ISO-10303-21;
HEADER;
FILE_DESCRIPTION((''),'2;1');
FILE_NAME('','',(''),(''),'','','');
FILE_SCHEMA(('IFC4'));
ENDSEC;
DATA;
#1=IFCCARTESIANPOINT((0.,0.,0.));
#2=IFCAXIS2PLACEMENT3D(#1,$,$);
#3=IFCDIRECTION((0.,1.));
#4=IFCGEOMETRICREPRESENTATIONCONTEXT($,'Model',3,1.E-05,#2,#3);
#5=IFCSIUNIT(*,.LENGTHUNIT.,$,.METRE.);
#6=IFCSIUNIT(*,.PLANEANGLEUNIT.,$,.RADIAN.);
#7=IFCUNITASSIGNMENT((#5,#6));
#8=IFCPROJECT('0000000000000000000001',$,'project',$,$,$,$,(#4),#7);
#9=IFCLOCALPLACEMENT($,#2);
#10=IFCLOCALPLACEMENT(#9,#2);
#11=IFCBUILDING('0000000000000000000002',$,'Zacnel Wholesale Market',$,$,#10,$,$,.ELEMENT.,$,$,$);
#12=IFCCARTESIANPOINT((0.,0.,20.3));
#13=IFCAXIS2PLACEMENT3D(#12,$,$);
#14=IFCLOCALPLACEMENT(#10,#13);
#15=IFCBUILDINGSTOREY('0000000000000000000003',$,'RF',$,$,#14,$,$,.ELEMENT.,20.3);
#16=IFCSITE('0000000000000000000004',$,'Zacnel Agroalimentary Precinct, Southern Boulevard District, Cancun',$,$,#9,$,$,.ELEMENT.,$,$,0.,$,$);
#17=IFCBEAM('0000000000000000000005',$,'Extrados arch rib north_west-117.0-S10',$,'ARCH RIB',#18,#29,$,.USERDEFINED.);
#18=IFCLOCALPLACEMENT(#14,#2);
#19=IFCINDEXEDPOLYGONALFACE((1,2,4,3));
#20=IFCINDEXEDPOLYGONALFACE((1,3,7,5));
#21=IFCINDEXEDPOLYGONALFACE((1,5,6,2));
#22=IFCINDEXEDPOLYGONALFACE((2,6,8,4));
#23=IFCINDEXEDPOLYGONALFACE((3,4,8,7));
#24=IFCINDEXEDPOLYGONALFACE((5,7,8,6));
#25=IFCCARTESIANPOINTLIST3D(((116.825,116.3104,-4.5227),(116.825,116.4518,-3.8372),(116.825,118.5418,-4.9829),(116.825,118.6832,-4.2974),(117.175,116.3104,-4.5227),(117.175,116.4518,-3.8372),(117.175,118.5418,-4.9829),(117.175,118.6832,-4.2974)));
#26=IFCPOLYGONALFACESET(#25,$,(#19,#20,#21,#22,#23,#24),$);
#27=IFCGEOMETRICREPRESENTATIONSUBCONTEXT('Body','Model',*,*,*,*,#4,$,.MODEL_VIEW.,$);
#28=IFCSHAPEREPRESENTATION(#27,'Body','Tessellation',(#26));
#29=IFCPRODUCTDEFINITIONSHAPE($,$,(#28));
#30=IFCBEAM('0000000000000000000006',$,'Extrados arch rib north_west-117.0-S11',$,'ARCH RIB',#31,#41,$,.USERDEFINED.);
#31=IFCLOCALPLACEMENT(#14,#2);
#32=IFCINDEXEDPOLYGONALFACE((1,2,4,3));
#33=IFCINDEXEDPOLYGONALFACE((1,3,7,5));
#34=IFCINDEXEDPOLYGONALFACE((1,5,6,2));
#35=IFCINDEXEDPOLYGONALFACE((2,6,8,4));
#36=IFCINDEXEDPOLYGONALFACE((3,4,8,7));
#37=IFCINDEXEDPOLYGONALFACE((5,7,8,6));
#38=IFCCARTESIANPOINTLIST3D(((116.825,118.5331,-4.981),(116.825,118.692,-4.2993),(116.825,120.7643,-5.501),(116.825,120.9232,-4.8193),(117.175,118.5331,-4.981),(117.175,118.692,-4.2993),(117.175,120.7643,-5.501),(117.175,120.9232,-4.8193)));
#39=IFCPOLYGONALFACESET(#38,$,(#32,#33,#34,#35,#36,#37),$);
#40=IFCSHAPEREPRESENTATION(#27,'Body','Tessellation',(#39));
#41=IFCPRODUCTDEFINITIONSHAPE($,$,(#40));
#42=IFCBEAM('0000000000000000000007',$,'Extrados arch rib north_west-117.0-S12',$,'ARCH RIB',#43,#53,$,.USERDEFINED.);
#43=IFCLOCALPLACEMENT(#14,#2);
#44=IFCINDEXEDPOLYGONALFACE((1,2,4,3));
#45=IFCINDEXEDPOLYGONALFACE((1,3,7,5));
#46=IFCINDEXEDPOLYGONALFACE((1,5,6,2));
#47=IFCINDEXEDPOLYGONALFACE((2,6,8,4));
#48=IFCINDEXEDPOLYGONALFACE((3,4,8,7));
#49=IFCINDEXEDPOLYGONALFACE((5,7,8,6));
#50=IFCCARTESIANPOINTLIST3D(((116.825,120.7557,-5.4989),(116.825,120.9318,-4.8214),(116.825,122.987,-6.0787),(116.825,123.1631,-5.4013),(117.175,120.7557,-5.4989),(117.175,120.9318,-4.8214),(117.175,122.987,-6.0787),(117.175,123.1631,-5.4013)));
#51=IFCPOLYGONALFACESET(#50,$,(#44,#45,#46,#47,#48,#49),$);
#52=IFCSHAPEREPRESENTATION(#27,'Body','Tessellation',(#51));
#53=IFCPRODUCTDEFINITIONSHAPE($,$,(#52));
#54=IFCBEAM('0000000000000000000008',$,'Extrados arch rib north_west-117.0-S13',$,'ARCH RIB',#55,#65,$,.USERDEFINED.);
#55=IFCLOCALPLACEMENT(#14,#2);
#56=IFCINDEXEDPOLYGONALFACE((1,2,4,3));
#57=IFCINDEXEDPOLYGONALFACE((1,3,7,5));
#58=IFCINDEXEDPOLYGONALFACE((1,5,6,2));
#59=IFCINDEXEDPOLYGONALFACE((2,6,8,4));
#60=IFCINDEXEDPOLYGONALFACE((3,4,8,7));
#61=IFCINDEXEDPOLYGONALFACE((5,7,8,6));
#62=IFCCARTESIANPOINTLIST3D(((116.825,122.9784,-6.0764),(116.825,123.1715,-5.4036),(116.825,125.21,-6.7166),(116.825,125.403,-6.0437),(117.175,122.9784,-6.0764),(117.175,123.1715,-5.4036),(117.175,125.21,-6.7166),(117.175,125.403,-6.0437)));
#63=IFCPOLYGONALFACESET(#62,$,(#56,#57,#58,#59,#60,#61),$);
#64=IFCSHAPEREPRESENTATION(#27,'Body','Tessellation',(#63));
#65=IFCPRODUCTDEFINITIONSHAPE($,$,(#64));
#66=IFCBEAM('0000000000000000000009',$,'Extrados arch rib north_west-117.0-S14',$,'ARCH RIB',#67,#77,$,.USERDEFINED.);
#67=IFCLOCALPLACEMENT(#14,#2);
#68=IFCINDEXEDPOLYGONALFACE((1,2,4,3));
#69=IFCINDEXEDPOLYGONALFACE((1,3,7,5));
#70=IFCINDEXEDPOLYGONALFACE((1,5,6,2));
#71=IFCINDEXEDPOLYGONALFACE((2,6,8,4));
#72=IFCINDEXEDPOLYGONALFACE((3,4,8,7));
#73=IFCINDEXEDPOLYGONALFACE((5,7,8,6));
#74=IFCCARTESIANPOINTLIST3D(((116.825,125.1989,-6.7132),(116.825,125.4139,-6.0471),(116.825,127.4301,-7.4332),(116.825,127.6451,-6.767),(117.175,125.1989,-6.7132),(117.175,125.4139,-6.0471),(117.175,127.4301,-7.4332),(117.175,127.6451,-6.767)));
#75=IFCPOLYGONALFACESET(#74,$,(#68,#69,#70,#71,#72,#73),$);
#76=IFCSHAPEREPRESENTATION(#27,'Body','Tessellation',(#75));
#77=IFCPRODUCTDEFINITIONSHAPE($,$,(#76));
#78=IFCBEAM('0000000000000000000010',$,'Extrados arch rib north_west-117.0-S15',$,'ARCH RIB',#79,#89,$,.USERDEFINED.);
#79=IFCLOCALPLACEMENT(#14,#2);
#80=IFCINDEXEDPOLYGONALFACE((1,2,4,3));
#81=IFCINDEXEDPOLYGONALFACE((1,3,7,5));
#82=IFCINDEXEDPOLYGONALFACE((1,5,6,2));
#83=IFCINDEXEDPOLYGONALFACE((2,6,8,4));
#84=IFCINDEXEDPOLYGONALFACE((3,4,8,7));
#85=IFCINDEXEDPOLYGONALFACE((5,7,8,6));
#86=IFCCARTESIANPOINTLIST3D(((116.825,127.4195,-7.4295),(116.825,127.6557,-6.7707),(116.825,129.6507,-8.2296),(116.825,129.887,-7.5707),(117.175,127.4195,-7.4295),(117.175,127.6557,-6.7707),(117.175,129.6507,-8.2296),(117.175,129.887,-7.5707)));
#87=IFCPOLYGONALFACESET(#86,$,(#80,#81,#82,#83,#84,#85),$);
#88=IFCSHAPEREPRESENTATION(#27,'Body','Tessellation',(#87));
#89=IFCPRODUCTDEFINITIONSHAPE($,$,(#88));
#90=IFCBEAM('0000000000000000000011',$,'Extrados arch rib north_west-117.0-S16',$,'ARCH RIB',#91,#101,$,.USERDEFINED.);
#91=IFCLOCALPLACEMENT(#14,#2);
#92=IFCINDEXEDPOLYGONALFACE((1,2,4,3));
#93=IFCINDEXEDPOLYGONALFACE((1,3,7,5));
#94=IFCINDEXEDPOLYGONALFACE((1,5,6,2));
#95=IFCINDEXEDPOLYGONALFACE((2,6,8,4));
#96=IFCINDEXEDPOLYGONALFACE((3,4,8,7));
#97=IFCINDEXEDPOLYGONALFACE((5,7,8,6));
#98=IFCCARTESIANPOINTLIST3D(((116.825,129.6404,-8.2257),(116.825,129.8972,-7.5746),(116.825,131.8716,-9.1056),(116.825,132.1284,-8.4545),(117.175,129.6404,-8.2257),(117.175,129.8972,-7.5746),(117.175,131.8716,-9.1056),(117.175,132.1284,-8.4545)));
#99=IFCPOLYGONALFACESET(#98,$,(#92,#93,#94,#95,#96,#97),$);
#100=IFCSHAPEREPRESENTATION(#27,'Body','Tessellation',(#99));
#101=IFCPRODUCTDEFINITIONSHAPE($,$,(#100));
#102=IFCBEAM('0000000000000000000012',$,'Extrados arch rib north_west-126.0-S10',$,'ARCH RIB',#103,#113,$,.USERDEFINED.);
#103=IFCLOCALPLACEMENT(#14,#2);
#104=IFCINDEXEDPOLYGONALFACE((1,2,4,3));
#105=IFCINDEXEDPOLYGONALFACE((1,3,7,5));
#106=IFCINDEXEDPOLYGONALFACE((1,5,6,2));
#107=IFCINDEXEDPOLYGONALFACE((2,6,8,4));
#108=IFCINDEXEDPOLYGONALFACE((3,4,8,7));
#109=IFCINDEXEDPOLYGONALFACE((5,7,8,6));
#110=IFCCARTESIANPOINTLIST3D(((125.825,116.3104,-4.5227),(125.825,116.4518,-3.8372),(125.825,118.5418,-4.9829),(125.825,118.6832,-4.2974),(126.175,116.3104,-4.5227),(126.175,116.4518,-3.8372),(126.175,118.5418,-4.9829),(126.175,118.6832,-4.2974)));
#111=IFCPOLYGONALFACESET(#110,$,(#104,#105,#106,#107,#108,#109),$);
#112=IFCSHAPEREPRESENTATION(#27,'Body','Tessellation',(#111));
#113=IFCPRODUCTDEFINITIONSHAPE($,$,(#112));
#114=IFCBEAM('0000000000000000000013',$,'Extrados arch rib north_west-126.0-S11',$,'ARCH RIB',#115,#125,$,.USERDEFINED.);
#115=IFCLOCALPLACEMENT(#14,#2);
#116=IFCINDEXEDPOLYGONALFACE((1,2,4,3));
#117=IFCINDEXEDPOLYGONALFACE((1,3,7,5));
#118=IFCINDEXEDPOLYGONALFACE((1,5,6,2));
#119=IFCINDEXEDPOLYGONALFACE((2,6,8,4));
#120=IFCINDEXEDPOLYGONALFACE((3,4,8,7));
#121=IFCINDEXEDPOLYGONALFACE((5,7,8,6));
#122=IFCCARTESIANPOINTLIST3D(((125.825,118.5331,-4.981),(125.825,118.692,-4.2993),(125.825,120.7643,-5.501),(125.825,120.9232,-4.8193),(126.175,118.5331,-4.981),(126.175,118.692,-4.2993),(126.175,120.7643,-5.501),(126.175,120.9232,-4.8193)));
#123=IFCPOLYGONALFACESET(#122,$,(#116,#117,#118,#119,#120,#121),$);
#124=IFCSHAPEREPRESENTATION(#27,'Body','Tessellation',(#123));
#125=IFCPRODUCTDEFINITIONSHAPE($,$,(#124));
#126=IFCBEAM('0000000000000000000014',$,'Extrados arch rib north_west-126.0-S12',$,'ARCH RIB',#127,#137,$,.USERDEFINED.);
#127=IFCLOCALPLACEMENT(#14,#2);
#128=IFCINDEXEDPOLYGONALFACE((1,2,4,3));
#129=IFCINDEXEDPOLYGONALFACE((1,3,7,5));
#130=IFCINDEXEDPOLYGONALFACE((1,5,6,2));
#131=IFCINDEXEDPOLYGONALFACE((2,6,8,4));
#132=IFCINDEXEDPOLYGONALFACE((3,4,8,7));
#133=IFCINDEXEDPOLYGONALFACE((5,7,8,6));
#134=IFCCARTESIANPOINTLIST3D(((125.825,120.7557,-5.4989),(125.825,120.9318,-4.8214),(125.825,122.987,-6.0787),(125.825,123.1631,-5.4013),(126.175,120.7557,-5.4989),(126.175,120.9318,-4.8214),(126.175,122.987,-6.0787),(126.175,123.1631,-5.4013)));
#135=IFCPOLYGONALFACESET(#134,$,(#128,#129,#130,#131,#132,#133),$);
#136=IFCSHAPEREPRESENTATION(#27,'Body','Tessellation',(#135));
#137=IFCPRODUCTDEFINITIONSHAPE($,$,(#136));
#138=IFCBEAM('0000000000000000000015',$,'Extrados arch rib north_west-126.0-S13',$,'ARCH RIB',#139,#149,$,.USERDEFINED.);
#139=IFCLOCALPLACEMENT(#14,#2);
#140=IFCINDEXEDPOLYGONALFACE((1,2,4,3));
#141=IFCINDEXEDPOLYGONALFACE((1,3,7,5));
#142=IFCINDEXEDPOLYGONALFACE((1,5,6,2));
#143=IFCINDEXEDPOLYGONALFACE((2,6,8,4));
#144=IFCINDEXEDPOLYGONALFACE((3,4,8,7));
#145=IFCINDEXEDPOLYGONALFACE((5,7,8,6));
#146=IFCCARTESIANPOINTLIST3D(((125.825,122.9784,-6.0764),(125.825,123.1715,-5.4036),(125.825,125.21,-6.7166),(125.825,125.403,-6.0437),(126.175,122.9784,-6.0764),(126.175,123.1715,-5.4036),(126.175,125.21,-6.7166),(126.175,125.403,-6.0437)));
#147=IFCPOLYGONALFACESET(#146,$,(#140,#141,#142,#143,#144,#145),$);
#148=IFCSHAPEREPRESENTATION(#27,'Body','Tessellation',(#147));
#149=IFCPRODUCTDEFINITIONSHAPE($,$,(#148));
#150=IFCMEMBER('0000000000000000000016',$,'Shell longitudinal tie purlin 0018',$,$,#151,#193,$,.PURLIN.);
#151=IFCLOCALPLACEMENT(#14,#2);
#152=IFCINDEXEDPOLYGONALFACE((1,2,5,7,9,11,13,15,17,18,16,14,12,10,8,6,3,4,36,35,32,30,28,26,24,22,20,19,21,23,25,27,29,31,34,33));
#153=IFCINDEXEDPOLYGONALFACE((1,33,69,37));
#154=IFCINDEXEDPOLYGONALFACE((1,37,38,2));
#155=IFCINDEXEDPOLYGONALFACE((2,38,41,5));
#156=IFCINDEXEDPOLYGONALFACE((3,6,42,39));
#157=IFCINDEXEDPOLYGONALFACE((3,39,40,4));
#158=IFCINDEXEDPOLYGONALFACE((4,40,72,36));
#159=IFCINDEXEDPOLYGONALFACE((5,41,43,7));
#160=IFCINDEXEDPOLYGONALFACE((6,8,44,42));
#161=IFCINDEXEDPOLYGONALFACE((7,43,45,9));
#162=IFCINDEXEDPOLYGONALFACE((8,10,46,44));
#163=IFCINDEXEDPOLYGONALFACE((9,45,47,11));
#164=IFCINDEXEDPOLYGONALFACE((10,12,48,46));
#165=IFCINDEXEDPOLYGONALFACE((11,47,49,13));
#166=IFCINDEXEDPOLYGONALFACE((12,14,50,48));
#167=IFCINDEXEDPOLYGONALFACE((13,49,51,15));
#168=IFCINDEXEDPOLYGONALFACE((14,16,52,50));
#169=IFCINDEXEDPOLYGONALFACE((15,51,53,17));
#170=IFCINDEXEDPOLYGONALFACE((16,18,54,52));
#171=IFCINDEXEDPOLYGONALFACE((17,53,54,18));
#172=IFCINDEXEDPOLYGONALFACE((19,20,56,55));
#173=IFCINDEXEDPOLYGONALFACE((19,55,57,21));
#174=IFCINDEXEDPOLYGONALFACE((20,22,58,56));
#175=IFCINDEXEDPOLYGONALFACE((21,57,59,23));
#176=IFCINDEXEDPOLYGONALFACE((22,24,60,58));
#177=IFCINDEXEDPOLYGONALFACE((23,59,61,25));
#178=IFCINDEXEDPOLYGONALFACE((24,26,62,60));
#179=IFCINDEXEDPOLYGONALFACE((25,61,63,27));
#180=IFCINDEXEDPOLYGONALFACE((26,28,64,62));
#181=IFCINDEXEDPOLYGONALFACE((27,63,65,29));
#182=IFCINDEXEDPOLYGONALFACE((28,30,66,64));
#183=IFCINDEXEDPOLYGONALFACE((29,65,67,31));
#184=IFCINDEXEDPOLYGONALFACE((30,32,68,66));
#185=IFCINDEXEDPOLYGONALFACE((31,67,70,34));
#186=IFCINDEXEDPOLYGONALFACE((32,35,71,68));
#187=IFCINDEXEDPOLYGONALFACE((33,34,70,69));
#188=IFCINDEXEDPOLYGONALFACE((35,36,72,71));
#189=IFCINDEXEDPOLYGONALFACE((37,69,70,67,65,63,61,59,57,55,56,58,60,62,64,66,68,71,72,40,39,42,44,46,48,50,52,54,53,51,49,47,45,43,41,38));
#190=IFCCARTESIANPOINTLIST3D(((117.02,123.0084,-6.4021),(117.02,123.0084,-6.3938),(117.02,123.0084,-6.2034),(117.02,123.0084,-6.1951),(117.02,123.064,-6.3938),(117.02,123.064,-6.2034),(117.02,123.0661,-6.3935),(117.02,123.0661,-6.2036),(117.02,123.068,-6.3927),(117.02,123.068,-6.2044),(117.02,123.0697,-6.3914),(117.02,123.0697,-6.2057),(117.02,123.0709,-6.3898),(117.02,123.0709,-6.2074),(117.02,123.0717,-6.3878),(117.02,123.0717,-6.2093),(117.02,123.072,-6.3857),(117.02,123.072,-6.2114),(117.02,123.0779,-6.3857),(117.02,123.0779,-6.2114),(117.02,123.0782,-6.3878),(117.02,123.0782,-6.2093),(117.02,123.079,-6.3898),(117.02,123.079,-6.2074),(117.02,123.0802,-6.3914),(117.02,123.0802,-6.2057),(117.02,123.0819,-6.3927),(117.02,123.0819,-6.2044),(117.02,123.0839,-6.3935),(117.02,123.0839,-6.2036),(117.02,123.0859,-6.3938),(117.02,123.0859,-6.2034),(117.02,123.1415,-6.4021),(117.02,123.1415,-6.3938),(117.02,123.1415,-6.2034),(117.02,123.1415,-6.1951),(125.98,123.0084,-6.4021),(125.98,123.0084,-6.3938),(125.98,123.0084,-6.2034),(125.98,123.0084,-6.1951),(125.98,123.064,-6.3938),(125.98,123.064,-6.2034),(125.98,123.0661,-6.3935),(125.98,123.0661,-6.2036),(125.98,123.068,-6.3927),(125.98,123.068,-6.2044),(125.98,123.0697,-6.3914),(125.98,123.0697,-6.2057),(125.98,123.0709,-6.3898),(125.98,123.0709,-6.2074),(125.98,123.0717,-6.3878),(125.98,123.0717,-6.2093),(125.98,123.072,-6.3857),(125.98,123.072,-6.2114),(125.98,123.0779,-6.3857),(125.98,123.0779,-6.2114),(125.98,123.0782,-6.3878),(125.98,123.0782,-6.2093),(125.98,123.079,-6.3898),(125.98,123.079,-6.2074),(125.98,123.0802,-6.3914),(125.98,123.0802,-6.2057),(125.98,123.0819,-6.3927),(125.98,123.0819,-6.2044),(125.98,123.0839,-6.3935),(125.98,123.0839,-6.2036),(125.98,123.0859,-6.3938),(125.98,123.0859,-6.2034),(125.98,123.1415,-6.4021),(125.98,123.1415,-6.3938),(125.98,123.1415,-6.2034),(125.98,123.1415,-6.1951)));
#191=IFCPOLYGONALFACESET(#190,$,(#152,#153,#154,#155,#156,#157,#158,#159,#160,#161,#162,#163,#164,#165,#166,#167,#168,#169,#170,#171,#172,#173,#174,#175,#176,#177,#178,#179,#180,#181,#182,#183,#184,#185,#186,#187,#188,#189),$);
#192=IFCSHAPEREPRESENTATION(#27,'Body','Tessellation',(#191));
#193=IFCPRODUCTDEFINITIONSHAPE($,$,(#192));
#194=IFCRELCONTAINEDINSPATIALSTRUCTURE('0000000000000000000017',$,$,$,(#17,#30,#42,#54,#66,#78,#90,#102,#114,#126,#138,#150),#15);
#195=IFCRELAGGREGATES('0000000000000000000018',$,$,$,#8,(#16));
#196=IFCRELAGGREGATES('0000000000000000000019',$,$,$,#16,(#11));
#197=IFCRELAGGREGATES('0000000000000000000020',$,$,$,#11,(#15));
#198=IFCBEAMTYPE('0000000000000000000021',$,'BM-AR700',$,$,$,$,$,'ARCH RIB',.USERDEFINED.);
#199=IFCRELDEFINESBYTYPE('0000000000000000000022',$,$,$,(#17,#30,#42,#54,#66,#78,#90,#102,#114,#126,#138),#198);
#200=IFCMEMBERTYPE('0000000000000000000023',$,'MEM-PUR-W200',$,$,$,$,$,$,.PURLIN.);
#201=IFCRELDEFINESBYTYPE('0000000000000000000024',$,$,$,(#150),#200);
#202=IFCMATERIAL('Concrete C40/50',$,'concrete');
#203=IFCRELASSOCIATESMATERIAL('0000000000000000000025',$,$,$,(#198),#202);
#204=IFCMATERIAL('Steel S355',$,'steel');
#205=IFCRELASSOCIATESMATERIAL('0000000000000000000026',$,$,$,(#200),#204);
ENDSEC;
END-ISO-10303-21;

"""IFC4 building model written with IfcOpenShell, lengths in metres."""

from ifc_helpers import new_model, si_unit, direction, frame, origin, origin_2d, place, context, subcontext, project, spatial, rectangle, i_section, extrude, material, material_profile, profile_set, type_object, element, save


model = new_model("IFC4")

# Units and contexts
model_context = context("Model", 3, precision=1e-05, world=origin(), true_north=direction((0.0, 1.0)))
body_context = subcontext(model_context, "Body", "Model", "MODEL_VIEW")
ifc_project = project(units=[si_unit("LENGTHUNIT", "METRE"), si_unit("PLANEANGLEUNIT", "RADIAN")], contexts=[model_context])

# Site, building, storey
site_placement = place(None, origin())
site = spatial("IfcSite", under=ifc_project, at=site_placement, Name="Zacnel Agroalimentary Precinct, Southern Boulevard District, Cancun", CompositionType="ELEMENT", RefElevation=0.0)
building_placement = place(site_placement, origin())
building = spatial("IfcBuilding", under=site, at=building_placement, Name="Zacnel Wholesale Market", CompositionType="ELEMENT")
storey_placement = place(building_placement, frame((0.0, 0.0, 20.3)))
storey = spatial("IfcBuildingStorey", under=building, at=storey_placement, Name="RF", CompositionType="ELEMENT", Elevation=20.3)

# Beams
ifc_material_1 = material(Name="Concrete C40/50", Category="concrete")
ifc_material_profile_1 = material_profile(ifc_material_1, rectangle(XDim=0.3501, YDim=0.7, at=origin_2d()), Name="ARCH RIB 350x700")
ifc_profile_set_1 = profile_set([ifc_material_profile_1], Name="Concrete C40/50")
beam_type = type_object("IfcBeamType", Name="BM-AR700", ElementType="ARCH RIB", PredefinedType="USERDEFINED", material=ifc_profile_set_1)
beam_1_placement = place(storey_placement, frame((117.0, 116.3811, -4.1799), z_axis=(0.0, 0.979389, -0.201985), x_axis=(-1.0, 0.0, 0.0)))
element("IfcBeam", 1, at=beam_1_placement, inside=storey, type_object=beam_type, Name="Extrados arch rib north_west-117.0-S10", ObjectType="ARCH RIB", PredefinedType="USERDEFINED", context=body_context, shape_type="SweptSolid", body=[
    extrude(rectangle(XDim=0.3501, YDim=0.7, at=origin_2d()), origin(), (0.0, 0.0, 1.0), 2.2783),
])
beam_2_placement = place(storey_placement, frame((117.0, 118.6125, -4.6401), z_axis=(0.0, 0.973899, -0.226984), x_axis=(-1.0, 0.0, 0.0)))
element("IfcBeam", 2, at=beam_2_placement, inside=storey, type_object=beam_type, Name="Extrados arch rib north_west-117.0-S11", ObjectType="ARCH RIB", PredefinedType="USERDEFINED", context=body_context, shape_type="SweptSolid", body=[
    extrude(rectangle(XDim=0.3501, YDim=0.7, at=origin_2d()), origin(), (0.0, 0.0, 1.0), 2.291),
])
beam_3_placement = place(storey_placement, frame((117.0, 120.8438, -5.1602), z_axis=(0.0, 0.967852, -0.251521), x_axis=(-1.0, 0.0, 0.0)))
element("IfcBeam", 3, at=beam_3_placement, inside=storey, type_object=beam_type, Name="Extrados arch rib north_west-117.0-S12", ObjectType="ARCH RIB", PredefinedType="USERDEFINED", context=body_context, shape_type="SweptSolid", body=[
    extrude(rectangle(XDim=0.3501, YDim=0.7, at=origin_2d()), origin(), (0.0, 0.0, 1.0), 2.3054),
])
beam_4_placement = place(storey_placement, frame((117.0, 123.075, -5.74), z_axis=(0.0, 0.96123, -0.275749), x_axis=(-1.0, 0.0, 0.0)))
element("IfcBeam", 4, at=beam_4_placement, inside=storey, type_object=beam_type, Name="Extrados arch rib north_west-117.0-S13", ObjectType="ARCH RIB", PredefinedType="USERDEFINED", context=body_context, shape_type="SweptSolid", body=[
    extrude(rectangle(XDim=0.3501, YDim=0.7, at=origin_2d()), origin(), (0.0, 0.0, 1.0), 2.3215),
])
beam_5_placement = place(storey_placement, frame((117.0, 125.3064, -6.3801), z_axis=(0.0, 0.95168, -0.307091), x_axis=(-1.0, 0.0, 0.0)))
element("IfcBeam", 5, at=beam_5_placement, inside=storey, type_object=beam_type, Name="Extrados arch rib north_west-117.0-S14", ObjectType="ARCH RIB", PredefinedType="USERDEFINED", context=body_context, shape_type="SweptSolid", body=[
    extrude(rectangle(XDim=0.3501, YDim=0.7, at=origin_2d()), origin(), (0.0, 0.0, 1.0), 2.3445),
])
beam_6_placement = place(storey_placement, frame((117.0, 127.5376, -7.1001), z_axis=(0.0, 0.941315, -0.33753), x_axis=(-1.0, 0.0, 0.0)))
element("IfcBeam", 6, at=beam_6_placement, inside=storey, type_object=beam_type, Name="Extrados arch rib north_west-117.0-S15", ObjectType="ARCH RIB", PredefinedType="USERDEFINED", context=body_context, shape_type="SweptSolid", body=[
    extrude(rectangle(XDim=0.3501, YDim=0.7, at=origin_2d()), origin(), (0.0, 0.0, 1.0), 2.3704),
])
beam_7_placement = place(storey_placement, frame((117.0, 129.7688, -7.9001), z_axis=(0.0, 0.930277, -0.366858), x_axis=(-1.0, 0.0, 0.0)))
element("IfcBeam", 7, at=beam_7_placement, inside=storey, type_object=beam_type, Name="Extrados arch rib north_west-117.0-S16", ObjectType="ARCH RIB", PredefinedType="USERDEFINED", context=body_context, shape_type="SweptSolid", body=[
    extrude(rectangle(XDim=0.3501, YDim=0.7, at=origin_2d()), origin(), (0.0, 0.0, 1.0), 2.3984),
])
beam_8_placement = place(storey_placement, frame((126.0, 116.3811, -4.1799), z_axis=(0.0, 0.979389, -0.201985), x_axis=(-1.0, 0.0, 0.0)))
element("IfcBeam", 8, at=beam_8_placement, inside=storey, type_object=beam_type, Name="Extrados arch rib north_west-126.0-S10", ObjectType="ARCH RIB", PredefinedType="USERDEFINED", context=body_context, shape_type="SweptSolid", body=[
    extrude(rectangle(XDim=0.3501, YDim=0.7, at=origin_2d()), origin(), (0.0, 0.0, 1.0), 2.2783),
])
beam_9_placement = place(storey_placement, frame((126.0, 118.6125, -4.6401), z_axis=(0.0, 0.973899, -0.226984), x_axis=(-1.0, 0.0, 0.0)))
element("IfcBeam", 9, at=beam_9_placement, inside=storey, type_object=beam_type, Name="Extrados arch rib north_west-126.0-S11", ObjectType="ARCH RIB", PredefinedType="USERDEFINED", context=body_context, shape_type="SweptSolid", body=[
    extrude(rectangle(XDim=0.3501, YDim=0.7, at=origin_2d()), origin(), (0.0, 0.0, 1.0), 2.291),
])
beam_10_placement = place(storey_placement, frame((126.0, 120.8438, -5.1602), z_axis=(0.0, 0.967852, -0.251521), x_axis=(-1.0, 0.0, 0.0)))
element("IfcBeam", 10, at=beam_10_placement, inside=storey, type_object=beam_type, Name="Extrados arch rib north_west-126.0-S12", ObjectType="ARCH RIB", PredefinedType="USERDEFINED", context=body_context, shape_type="SweptSolid", body=[
    extrude(rectangle(XDim=0.3501, YDim=0.7, at=origin_2d()), origin(), (0.0, 0.0, 1.0), 2.3054),
])
beam_11_placement = place(storey_placement, frame((126.0, 123.075, -5.74), z_axis=(0.0, 0.96123, -0.275749), x_axis=(-1.0, 0.0, 0.0)))
element("IfcBeam", 11, at=beam_11_placement, inside=storey, type_object=beam_type, Name="Extrados arch rib north_west-126.0-S13", ObjectType="ARCH RIB", PredefinedType="USERDEFINED", context=body_context, shape_type="SweptSolid", body=[
    extrude(rectangle(XDim=0.3501, YDim=0.7, at=origin_2d()), origin(), (0.0, 0.0, 1.0), 2.3215),
])

# Member
ifc_material_2 = material(Name="Steel S355", Category="steel")
ifc_material_profile_2 = material_profile(ifc_material_2, i_section(OverallWidth=0.1331, OverallDepth=0.207, WebThickness=0.0059, FlangeThickness=0.0083, FilletRadius=0.0081, at=origin_2d()), Name="W200X26.6")
ifc_profile_set_2 = profile_set([ifc_material_profile_2], Name="Steel S355")
member_type = type_object("IfcMemberType", Name="MEM-PUR-W200", PredefinedType="PURLIN", material=ifc_profile_set_2)
member_placement = place(storey_placement, frame((117.02, 123.075, -6.2986), z_axis=(1.0, 0.0, 0.0), x_axis=(0.0, 1.0, 0.0)))
element("IfcMember", 12, at=member_placement, inside=storey, type_object=member_type, Name="Shell longitudinal tie purlin 0018", PredefinedType="PURLIN", context=body_context, shape_type="SweptSolid", body=[
    extrude(i_section(OverallWidth=0.1331, OverallDepth=0.207, WebThickness=0.0059, FlangeThickness=0.0083, FilletRadius=0.0081, at=origin_2d()), origin(), (0.0, 0.0, 1.0), 8.96),
])

save(model, "model.ifc")
